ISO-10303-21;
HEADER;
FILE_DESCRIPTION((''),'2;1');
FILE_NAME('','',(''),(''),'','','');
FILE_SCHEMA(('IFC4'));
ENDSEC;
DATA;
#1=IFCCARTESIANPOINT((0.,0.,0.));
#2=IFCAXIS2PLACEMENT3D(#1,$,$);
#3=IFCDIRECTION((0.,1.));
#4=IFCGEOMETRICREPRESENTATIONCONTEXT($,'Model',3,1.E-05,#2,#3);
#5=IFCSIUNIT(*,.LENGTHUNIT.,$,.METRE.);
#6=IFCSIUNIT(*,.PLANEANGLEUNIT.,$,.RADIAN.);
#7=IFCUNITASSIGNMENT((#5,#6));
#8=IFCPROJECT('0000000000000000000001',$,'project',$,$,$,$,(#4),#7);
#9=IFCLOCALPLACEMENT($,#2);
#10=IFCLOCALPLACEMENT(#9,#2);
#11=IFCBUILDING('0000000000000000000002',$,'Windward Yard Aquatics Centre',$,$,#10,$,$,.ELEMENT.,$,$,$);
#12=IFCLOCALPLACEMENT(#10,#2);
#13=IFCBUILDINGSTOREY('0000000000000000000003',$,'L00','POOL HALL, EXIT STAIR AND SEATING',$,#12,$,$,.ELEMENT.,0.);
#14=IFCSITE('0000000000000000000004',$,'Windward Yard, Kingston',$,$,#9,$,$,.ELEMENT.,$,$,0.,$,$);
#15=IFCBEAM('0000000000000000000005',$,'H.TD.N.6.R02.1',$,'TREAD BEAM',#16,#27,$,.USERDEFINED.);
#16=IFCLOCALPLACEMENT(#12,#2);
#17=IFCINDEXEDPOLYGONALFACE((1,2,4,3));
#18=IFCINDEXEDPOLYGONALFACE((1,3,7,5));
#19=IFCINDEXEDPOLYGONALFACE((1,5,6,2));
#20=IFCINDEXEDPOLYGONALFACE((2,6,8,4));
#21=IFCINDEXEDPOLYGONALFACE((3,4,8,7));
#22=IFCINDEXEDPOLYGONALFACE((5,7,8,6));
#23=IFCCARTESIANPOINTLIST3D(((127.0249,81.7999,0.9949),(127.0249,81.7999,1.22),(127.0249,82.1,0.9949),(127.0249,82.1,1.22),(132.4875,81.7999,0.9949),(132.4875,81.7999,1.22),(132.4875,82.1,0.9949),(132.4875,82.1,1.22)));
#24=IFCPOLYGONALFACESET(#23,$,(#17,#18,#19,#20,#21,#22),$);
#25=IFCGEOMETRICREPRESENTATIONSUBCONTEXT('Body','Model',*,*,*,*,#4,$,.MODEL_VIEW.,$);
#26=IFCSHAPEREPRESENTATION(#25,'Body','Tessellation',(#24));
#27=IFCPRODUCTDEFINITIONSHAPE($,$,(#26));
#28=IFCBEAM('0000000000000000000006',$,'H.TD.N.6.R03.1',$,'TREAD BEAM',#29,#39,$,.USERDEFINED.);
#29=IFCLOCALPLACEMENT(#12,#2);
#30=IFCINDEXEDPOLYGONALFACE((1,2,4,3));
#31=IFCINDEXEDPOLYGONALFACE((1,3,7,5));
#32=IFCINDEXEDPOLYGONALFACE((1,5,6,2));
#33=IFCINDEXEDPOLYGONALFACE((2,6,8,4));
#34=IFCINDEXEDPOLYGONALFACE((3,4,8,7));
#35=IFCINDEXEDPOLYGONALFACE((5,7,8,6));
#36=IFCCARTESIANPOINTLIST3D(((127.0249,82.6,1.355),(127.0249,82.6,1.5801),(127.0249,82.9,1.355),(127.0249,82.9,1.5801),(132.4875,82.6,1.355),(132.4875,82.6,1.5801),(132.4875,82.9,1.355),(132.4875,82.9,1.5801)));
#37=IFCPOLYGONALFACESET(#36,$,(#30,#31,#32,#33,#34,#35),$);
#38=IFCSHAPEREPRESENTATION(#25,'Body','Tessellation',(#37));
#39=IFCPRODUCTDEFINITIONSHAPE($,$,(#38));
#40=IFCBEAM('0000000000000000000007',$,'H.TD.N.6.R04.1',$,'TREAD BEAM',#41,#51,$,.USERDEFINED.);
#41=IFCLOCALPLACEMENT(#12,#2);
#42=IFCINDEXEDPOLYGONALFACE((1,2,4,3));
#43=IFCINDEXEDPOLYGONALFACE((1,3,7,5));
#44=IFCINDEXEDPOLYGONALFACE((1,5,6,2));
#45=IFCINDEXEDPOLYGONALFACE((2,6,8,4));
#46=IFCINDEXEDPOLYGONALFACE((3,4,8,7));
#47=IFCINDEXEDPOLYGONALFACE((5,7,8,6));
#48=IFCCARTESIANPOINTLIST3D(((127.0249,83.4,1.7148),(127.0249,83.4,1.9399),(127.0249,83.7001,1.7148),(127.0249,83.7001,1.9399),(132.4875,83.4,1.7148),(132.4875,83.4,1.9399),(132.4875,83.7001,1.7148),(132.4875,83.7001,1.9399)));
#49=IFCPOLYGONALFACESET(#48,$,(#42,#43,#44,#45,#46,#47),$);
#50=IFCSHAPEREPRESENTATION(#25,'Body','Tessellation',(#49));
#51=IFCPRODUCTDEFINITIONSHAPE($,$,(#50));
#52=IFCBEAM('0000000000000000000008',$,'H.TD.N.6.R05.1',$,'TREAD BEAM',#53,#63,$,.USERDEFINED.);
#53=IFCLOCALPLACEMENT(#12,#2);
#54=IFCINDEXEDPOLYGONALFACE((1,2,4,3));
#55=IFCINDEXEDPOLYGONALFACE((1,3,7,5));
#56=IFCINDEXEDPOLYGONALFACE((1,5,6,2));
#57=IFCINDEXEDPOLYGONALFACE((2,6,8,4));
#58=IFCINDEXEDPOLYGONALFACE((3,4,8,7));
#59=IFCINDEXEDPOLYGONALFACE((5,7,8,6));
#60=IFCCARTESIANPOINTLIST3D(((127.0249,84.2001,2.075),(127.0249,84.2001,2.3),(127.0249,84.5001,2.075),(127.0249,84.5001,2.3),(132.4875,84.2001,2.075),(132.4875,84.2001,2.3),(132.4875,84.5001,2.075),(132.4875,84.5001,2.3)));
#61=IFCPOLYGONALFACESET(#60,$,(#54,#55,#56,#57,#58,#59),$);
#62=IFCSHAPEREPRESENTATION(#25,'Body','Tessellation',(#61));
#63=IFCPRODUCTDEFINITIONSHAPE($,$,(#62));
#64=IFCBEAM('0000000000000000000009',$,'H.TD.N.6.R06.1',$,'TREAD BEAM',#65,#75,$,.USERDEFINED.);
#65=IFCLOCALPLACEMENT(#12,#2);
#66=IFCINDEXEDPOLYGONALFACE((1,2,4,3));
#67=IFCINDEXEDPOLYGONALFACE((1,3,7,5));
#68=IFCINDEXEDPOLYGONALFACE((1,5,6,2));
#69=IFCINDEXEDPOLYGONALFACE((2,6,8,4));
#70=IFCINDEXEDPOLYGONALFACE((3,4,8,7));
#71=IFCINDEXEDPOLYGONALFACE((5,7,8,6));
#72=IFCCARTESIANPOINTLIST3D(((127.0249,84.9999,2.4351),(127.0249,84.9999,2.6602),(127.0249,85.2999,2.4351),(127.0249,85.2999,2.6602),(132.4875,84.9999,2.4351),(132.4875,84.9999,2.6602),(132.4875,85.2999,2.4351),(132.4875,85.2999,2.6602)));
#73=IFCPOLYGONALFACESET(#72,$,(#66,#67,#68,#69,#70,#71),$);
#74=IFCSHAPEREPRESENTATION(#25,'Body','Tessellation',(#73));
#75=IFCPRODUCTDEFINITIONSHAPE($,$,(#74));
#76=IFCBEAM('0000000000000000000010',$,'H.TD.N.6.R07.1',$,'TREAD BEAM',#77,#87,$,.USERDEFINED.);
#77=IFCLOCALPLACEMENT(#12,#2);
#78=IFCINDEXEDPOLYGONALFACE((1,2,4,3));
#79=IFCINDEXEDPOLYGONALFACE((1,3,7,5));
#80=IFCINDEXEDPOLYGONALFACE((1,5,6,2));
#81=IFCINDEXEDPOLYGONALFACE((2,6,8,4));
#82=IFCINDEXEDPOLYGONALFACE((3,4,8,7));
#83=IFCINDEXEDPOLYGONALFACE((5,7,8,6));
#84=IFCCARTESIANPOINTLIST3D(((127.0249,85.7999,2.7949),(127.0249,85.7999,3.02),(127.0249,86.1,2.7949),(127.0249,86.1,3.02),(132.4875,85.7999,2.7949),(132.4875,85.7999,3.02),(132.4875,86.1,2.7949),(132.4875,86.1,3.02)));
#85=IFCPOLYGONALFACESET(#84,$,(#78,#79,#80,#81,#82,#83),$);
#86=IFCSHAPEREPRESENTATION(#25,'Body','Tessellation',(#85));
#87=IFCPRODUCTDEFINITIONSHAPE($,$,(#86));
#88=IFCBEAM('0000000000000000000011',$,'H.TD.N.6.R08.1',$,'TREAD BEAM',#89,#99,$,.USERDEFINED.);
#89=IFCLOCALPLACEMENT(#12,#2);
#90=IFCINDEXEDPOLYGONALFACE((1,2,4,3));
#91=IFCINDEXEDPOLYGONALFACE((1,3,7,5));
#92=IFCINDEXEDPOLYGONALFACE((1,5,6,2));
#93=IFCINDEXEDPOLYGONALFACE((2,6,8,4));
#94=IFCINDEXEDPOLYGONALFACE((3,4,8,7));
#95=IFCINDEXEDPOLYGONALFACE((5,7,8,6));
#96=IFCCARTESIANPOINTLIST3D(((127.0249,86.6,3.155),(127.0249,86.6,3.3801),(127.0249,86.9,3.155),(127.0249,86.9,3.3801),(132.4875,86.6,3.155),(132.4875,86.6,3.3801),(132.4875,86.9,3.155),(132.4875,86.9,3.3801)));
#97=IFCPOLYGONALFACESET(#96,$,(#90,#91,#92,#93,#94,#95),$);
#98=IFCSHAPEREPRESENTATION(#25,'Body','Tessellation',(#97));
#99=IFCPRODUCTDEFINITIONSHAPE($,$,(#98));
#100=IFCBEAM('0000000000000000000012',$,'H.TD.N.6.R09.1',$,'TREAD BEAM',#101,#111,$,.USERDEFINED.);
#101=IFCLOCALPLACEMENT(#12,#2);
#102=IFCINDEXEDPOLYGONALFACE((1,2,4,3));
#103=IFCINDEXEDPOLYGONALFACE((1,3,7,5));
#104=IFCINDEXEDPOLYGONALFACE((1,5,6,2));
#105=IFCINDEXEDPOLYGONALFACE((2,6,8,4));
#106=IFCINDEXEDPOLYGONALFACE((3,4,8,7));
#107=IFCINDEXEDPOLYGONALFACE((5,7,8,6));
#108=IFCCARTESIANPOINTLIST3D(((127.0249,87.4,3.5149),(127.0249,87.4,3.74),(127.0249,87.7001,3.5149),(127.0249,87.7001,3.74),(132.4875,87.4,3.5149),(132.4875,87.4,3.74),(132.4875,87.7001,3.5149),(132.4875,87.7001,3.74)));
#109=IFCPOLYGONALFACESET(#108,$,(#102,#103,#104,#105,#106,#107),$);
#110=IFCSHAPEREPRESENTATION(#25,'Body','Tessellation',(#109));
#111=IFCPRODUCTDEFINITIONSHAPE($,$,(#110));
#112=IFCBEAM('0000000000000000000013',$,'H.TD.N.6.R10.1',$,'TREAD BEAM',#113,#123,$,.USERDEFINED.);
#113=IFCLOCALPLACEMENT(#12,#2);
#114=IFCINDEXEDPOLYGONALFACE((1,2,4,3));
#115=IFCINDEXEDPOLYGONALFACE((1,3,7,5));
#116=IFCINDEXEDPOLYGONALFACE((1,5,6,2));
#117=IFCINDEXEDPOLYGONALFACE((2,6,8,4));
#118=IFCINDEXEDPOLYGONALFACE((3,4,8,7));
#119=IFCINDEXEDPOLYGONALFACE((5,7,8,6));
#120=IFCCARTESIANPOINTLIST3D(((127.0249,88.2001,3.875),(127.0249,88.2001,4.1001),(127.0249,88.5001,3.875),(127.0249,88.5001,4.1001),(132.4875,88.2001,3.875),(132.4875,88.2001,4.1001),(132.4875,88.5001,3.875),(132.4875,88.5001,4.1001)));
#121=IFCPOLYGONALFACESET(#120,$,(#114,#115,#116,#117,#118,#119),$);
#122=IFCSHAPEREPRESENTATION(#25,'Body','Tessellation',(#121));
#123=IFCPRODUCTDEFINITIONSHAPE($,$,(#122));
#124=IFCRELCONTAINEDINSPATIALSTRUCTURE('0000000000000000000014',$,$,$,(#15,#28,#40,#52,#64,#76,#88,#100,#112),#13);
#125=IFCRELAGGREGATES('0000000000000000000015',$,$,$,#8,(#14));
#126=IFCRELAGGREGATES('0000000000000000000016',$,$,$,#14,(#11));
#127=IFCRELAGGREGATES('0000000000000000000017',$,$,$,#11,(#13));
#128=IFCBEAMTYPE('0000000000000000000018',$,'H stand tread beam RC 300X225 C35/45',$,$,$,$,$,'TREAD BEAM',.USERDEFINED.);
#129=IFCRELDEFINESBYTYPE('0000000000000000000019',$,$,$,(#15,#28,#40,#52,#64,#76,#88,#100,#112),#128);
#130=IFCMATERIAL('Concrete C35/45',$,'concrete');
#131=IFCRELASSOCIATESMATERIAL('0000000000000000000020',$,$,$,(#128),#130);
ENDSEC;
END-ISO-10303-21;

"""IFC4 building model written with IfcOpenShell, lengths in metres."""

from ifc_helpers import new_model, si_unit, direction, frame, origin, origin_2d, place, context, subcontext, project, spatial, rectangle, extrude, material, material_profile, profile_set, type_object, element, save


model = new_model("IFC4")

# Units and contexts
model_context = context("Model", 3, precision=1e-05, world=origin(), true_north=direction((0.0, 1.0)))
body_context = subcontext(model_context, "Body", "Model", "MODEL_VIEW")
ifc_project = project(units=[si_unit("LENGTHUNIT", "METRE"), si_unit("PLANEANGLEUNIT", "RADIAN")], contexts=[model_context])

# Site, building, storey
site_placement = place(None, origin())
site = spatial("IfcSite", under=ifc_project, at=site_placement, Name="Windward Yard, Kingston", CompositionType="ELEMENT", RefElevation=0.0)
building_placement = place(site_placement, origin())
building = spatial("IfcBuilding", under=site, at=building_placement, Name="Windward Yard Aquatics Centre", CompositionType="ELEMENT")
storey_placement = place(building_placement, origin())
storey = spatial("IfcBuildingStorey", under=building, at=storey_placement, Name="L00", Description="POOL HALL, EXIT STAIR AND SEATING", CompositionType="ELEMENT", Elevation=0.0)

# Shared definitions
ifc_material_1 = material(Name="Concrete C35/45", Category="concrete")

# Beams
ifc_material_profile_1 = material_profile(ifc_material_1, rectangle(XDim=0.3, YDim=0.2251, at=origin_2d()), Name="RC 300X225")
ifc_profile_set_1 = profile_set([ifc_material_profile_1], Name="Concrete C35/45")
beam_type_1 = type_object("IfcBeamType", Name="H stand tread beam RC 300X225 C35/45", ElementType="TREAD BEAM", PredefinedType="USERDEFINED", material=ifc_profile_set_1)
for number, where, z_axis, x_axis, name in (
    (1, (127.0249, 81.95, 1.1074), (1.0, 0.0, 0.0), (0.0, 1.0, 0.0), "H.TD.N.6.R02.1"),
    (2, (127.0249, 82.75, 1.4675), (1.0, 0.0, 0.0), (0.0, 1.0, 0.0), "H.TD.N.6.R03.1"),
    (3, (127.0249, 83.55, 1.8274), (1.0, 0.0, 0.0), (0.0, 1.0, 0.0), "H.TD.N.6.R04.1"),
    (4, (127.0249, 84.3501, 2.1875), (1.0, 0.0, 0.0), (0.0, 1.0, 0.0), "H.TD.N.6.R05.1"),
    (5, (127.0249, 85.1499, 2.5476), (1.0, 0.0, 0.0), (0.0, 1.0, 0.0), "H.TD.N.6.R06.1"),
    (6, (127.0249, 85.95, 2.9075), (1.0, 0.0, 0.0), (0.0, 1.0, 0.0), "H.TD.N.6.R07.1"),
    (7, (127.0249, 86.75, 3.2676), (1.0, 0.0, 0.0), (0.0, 1.0, 0.0), "H.TD.N.6.R08.1"),
    (8, (127.0249, 87.55, 3.6274), (1.0, 0.0, 0.0), (0.0, 1.0, 0.0), "H.TD.N.6.R09.1"),
    (9, (127.0249, 88.3501, 3.9875), (1.0, 0.0, 0.0), (0.0, 1.0, 0.0), "H.TD.N.6.R10.1"),
):
    element("IfcBeam", number, at=place(storey_placement, frame(where, z_axis=z_axis, x_axis=x_axis)), inside=storey, type_object=beam_type_1, Name=name, ObjectType="TREAD BEAM", PredefinedType="USERDEFINED", context=body_context, shape_type="SweptSolid", body=[
        extrude(rectangle(XDim=0.3, YDim=0.2251, at=origin_2d()), origin(), (0.0, 0.0, 1.0), 5.4626),
    ])

save(model, "model.ifc")
